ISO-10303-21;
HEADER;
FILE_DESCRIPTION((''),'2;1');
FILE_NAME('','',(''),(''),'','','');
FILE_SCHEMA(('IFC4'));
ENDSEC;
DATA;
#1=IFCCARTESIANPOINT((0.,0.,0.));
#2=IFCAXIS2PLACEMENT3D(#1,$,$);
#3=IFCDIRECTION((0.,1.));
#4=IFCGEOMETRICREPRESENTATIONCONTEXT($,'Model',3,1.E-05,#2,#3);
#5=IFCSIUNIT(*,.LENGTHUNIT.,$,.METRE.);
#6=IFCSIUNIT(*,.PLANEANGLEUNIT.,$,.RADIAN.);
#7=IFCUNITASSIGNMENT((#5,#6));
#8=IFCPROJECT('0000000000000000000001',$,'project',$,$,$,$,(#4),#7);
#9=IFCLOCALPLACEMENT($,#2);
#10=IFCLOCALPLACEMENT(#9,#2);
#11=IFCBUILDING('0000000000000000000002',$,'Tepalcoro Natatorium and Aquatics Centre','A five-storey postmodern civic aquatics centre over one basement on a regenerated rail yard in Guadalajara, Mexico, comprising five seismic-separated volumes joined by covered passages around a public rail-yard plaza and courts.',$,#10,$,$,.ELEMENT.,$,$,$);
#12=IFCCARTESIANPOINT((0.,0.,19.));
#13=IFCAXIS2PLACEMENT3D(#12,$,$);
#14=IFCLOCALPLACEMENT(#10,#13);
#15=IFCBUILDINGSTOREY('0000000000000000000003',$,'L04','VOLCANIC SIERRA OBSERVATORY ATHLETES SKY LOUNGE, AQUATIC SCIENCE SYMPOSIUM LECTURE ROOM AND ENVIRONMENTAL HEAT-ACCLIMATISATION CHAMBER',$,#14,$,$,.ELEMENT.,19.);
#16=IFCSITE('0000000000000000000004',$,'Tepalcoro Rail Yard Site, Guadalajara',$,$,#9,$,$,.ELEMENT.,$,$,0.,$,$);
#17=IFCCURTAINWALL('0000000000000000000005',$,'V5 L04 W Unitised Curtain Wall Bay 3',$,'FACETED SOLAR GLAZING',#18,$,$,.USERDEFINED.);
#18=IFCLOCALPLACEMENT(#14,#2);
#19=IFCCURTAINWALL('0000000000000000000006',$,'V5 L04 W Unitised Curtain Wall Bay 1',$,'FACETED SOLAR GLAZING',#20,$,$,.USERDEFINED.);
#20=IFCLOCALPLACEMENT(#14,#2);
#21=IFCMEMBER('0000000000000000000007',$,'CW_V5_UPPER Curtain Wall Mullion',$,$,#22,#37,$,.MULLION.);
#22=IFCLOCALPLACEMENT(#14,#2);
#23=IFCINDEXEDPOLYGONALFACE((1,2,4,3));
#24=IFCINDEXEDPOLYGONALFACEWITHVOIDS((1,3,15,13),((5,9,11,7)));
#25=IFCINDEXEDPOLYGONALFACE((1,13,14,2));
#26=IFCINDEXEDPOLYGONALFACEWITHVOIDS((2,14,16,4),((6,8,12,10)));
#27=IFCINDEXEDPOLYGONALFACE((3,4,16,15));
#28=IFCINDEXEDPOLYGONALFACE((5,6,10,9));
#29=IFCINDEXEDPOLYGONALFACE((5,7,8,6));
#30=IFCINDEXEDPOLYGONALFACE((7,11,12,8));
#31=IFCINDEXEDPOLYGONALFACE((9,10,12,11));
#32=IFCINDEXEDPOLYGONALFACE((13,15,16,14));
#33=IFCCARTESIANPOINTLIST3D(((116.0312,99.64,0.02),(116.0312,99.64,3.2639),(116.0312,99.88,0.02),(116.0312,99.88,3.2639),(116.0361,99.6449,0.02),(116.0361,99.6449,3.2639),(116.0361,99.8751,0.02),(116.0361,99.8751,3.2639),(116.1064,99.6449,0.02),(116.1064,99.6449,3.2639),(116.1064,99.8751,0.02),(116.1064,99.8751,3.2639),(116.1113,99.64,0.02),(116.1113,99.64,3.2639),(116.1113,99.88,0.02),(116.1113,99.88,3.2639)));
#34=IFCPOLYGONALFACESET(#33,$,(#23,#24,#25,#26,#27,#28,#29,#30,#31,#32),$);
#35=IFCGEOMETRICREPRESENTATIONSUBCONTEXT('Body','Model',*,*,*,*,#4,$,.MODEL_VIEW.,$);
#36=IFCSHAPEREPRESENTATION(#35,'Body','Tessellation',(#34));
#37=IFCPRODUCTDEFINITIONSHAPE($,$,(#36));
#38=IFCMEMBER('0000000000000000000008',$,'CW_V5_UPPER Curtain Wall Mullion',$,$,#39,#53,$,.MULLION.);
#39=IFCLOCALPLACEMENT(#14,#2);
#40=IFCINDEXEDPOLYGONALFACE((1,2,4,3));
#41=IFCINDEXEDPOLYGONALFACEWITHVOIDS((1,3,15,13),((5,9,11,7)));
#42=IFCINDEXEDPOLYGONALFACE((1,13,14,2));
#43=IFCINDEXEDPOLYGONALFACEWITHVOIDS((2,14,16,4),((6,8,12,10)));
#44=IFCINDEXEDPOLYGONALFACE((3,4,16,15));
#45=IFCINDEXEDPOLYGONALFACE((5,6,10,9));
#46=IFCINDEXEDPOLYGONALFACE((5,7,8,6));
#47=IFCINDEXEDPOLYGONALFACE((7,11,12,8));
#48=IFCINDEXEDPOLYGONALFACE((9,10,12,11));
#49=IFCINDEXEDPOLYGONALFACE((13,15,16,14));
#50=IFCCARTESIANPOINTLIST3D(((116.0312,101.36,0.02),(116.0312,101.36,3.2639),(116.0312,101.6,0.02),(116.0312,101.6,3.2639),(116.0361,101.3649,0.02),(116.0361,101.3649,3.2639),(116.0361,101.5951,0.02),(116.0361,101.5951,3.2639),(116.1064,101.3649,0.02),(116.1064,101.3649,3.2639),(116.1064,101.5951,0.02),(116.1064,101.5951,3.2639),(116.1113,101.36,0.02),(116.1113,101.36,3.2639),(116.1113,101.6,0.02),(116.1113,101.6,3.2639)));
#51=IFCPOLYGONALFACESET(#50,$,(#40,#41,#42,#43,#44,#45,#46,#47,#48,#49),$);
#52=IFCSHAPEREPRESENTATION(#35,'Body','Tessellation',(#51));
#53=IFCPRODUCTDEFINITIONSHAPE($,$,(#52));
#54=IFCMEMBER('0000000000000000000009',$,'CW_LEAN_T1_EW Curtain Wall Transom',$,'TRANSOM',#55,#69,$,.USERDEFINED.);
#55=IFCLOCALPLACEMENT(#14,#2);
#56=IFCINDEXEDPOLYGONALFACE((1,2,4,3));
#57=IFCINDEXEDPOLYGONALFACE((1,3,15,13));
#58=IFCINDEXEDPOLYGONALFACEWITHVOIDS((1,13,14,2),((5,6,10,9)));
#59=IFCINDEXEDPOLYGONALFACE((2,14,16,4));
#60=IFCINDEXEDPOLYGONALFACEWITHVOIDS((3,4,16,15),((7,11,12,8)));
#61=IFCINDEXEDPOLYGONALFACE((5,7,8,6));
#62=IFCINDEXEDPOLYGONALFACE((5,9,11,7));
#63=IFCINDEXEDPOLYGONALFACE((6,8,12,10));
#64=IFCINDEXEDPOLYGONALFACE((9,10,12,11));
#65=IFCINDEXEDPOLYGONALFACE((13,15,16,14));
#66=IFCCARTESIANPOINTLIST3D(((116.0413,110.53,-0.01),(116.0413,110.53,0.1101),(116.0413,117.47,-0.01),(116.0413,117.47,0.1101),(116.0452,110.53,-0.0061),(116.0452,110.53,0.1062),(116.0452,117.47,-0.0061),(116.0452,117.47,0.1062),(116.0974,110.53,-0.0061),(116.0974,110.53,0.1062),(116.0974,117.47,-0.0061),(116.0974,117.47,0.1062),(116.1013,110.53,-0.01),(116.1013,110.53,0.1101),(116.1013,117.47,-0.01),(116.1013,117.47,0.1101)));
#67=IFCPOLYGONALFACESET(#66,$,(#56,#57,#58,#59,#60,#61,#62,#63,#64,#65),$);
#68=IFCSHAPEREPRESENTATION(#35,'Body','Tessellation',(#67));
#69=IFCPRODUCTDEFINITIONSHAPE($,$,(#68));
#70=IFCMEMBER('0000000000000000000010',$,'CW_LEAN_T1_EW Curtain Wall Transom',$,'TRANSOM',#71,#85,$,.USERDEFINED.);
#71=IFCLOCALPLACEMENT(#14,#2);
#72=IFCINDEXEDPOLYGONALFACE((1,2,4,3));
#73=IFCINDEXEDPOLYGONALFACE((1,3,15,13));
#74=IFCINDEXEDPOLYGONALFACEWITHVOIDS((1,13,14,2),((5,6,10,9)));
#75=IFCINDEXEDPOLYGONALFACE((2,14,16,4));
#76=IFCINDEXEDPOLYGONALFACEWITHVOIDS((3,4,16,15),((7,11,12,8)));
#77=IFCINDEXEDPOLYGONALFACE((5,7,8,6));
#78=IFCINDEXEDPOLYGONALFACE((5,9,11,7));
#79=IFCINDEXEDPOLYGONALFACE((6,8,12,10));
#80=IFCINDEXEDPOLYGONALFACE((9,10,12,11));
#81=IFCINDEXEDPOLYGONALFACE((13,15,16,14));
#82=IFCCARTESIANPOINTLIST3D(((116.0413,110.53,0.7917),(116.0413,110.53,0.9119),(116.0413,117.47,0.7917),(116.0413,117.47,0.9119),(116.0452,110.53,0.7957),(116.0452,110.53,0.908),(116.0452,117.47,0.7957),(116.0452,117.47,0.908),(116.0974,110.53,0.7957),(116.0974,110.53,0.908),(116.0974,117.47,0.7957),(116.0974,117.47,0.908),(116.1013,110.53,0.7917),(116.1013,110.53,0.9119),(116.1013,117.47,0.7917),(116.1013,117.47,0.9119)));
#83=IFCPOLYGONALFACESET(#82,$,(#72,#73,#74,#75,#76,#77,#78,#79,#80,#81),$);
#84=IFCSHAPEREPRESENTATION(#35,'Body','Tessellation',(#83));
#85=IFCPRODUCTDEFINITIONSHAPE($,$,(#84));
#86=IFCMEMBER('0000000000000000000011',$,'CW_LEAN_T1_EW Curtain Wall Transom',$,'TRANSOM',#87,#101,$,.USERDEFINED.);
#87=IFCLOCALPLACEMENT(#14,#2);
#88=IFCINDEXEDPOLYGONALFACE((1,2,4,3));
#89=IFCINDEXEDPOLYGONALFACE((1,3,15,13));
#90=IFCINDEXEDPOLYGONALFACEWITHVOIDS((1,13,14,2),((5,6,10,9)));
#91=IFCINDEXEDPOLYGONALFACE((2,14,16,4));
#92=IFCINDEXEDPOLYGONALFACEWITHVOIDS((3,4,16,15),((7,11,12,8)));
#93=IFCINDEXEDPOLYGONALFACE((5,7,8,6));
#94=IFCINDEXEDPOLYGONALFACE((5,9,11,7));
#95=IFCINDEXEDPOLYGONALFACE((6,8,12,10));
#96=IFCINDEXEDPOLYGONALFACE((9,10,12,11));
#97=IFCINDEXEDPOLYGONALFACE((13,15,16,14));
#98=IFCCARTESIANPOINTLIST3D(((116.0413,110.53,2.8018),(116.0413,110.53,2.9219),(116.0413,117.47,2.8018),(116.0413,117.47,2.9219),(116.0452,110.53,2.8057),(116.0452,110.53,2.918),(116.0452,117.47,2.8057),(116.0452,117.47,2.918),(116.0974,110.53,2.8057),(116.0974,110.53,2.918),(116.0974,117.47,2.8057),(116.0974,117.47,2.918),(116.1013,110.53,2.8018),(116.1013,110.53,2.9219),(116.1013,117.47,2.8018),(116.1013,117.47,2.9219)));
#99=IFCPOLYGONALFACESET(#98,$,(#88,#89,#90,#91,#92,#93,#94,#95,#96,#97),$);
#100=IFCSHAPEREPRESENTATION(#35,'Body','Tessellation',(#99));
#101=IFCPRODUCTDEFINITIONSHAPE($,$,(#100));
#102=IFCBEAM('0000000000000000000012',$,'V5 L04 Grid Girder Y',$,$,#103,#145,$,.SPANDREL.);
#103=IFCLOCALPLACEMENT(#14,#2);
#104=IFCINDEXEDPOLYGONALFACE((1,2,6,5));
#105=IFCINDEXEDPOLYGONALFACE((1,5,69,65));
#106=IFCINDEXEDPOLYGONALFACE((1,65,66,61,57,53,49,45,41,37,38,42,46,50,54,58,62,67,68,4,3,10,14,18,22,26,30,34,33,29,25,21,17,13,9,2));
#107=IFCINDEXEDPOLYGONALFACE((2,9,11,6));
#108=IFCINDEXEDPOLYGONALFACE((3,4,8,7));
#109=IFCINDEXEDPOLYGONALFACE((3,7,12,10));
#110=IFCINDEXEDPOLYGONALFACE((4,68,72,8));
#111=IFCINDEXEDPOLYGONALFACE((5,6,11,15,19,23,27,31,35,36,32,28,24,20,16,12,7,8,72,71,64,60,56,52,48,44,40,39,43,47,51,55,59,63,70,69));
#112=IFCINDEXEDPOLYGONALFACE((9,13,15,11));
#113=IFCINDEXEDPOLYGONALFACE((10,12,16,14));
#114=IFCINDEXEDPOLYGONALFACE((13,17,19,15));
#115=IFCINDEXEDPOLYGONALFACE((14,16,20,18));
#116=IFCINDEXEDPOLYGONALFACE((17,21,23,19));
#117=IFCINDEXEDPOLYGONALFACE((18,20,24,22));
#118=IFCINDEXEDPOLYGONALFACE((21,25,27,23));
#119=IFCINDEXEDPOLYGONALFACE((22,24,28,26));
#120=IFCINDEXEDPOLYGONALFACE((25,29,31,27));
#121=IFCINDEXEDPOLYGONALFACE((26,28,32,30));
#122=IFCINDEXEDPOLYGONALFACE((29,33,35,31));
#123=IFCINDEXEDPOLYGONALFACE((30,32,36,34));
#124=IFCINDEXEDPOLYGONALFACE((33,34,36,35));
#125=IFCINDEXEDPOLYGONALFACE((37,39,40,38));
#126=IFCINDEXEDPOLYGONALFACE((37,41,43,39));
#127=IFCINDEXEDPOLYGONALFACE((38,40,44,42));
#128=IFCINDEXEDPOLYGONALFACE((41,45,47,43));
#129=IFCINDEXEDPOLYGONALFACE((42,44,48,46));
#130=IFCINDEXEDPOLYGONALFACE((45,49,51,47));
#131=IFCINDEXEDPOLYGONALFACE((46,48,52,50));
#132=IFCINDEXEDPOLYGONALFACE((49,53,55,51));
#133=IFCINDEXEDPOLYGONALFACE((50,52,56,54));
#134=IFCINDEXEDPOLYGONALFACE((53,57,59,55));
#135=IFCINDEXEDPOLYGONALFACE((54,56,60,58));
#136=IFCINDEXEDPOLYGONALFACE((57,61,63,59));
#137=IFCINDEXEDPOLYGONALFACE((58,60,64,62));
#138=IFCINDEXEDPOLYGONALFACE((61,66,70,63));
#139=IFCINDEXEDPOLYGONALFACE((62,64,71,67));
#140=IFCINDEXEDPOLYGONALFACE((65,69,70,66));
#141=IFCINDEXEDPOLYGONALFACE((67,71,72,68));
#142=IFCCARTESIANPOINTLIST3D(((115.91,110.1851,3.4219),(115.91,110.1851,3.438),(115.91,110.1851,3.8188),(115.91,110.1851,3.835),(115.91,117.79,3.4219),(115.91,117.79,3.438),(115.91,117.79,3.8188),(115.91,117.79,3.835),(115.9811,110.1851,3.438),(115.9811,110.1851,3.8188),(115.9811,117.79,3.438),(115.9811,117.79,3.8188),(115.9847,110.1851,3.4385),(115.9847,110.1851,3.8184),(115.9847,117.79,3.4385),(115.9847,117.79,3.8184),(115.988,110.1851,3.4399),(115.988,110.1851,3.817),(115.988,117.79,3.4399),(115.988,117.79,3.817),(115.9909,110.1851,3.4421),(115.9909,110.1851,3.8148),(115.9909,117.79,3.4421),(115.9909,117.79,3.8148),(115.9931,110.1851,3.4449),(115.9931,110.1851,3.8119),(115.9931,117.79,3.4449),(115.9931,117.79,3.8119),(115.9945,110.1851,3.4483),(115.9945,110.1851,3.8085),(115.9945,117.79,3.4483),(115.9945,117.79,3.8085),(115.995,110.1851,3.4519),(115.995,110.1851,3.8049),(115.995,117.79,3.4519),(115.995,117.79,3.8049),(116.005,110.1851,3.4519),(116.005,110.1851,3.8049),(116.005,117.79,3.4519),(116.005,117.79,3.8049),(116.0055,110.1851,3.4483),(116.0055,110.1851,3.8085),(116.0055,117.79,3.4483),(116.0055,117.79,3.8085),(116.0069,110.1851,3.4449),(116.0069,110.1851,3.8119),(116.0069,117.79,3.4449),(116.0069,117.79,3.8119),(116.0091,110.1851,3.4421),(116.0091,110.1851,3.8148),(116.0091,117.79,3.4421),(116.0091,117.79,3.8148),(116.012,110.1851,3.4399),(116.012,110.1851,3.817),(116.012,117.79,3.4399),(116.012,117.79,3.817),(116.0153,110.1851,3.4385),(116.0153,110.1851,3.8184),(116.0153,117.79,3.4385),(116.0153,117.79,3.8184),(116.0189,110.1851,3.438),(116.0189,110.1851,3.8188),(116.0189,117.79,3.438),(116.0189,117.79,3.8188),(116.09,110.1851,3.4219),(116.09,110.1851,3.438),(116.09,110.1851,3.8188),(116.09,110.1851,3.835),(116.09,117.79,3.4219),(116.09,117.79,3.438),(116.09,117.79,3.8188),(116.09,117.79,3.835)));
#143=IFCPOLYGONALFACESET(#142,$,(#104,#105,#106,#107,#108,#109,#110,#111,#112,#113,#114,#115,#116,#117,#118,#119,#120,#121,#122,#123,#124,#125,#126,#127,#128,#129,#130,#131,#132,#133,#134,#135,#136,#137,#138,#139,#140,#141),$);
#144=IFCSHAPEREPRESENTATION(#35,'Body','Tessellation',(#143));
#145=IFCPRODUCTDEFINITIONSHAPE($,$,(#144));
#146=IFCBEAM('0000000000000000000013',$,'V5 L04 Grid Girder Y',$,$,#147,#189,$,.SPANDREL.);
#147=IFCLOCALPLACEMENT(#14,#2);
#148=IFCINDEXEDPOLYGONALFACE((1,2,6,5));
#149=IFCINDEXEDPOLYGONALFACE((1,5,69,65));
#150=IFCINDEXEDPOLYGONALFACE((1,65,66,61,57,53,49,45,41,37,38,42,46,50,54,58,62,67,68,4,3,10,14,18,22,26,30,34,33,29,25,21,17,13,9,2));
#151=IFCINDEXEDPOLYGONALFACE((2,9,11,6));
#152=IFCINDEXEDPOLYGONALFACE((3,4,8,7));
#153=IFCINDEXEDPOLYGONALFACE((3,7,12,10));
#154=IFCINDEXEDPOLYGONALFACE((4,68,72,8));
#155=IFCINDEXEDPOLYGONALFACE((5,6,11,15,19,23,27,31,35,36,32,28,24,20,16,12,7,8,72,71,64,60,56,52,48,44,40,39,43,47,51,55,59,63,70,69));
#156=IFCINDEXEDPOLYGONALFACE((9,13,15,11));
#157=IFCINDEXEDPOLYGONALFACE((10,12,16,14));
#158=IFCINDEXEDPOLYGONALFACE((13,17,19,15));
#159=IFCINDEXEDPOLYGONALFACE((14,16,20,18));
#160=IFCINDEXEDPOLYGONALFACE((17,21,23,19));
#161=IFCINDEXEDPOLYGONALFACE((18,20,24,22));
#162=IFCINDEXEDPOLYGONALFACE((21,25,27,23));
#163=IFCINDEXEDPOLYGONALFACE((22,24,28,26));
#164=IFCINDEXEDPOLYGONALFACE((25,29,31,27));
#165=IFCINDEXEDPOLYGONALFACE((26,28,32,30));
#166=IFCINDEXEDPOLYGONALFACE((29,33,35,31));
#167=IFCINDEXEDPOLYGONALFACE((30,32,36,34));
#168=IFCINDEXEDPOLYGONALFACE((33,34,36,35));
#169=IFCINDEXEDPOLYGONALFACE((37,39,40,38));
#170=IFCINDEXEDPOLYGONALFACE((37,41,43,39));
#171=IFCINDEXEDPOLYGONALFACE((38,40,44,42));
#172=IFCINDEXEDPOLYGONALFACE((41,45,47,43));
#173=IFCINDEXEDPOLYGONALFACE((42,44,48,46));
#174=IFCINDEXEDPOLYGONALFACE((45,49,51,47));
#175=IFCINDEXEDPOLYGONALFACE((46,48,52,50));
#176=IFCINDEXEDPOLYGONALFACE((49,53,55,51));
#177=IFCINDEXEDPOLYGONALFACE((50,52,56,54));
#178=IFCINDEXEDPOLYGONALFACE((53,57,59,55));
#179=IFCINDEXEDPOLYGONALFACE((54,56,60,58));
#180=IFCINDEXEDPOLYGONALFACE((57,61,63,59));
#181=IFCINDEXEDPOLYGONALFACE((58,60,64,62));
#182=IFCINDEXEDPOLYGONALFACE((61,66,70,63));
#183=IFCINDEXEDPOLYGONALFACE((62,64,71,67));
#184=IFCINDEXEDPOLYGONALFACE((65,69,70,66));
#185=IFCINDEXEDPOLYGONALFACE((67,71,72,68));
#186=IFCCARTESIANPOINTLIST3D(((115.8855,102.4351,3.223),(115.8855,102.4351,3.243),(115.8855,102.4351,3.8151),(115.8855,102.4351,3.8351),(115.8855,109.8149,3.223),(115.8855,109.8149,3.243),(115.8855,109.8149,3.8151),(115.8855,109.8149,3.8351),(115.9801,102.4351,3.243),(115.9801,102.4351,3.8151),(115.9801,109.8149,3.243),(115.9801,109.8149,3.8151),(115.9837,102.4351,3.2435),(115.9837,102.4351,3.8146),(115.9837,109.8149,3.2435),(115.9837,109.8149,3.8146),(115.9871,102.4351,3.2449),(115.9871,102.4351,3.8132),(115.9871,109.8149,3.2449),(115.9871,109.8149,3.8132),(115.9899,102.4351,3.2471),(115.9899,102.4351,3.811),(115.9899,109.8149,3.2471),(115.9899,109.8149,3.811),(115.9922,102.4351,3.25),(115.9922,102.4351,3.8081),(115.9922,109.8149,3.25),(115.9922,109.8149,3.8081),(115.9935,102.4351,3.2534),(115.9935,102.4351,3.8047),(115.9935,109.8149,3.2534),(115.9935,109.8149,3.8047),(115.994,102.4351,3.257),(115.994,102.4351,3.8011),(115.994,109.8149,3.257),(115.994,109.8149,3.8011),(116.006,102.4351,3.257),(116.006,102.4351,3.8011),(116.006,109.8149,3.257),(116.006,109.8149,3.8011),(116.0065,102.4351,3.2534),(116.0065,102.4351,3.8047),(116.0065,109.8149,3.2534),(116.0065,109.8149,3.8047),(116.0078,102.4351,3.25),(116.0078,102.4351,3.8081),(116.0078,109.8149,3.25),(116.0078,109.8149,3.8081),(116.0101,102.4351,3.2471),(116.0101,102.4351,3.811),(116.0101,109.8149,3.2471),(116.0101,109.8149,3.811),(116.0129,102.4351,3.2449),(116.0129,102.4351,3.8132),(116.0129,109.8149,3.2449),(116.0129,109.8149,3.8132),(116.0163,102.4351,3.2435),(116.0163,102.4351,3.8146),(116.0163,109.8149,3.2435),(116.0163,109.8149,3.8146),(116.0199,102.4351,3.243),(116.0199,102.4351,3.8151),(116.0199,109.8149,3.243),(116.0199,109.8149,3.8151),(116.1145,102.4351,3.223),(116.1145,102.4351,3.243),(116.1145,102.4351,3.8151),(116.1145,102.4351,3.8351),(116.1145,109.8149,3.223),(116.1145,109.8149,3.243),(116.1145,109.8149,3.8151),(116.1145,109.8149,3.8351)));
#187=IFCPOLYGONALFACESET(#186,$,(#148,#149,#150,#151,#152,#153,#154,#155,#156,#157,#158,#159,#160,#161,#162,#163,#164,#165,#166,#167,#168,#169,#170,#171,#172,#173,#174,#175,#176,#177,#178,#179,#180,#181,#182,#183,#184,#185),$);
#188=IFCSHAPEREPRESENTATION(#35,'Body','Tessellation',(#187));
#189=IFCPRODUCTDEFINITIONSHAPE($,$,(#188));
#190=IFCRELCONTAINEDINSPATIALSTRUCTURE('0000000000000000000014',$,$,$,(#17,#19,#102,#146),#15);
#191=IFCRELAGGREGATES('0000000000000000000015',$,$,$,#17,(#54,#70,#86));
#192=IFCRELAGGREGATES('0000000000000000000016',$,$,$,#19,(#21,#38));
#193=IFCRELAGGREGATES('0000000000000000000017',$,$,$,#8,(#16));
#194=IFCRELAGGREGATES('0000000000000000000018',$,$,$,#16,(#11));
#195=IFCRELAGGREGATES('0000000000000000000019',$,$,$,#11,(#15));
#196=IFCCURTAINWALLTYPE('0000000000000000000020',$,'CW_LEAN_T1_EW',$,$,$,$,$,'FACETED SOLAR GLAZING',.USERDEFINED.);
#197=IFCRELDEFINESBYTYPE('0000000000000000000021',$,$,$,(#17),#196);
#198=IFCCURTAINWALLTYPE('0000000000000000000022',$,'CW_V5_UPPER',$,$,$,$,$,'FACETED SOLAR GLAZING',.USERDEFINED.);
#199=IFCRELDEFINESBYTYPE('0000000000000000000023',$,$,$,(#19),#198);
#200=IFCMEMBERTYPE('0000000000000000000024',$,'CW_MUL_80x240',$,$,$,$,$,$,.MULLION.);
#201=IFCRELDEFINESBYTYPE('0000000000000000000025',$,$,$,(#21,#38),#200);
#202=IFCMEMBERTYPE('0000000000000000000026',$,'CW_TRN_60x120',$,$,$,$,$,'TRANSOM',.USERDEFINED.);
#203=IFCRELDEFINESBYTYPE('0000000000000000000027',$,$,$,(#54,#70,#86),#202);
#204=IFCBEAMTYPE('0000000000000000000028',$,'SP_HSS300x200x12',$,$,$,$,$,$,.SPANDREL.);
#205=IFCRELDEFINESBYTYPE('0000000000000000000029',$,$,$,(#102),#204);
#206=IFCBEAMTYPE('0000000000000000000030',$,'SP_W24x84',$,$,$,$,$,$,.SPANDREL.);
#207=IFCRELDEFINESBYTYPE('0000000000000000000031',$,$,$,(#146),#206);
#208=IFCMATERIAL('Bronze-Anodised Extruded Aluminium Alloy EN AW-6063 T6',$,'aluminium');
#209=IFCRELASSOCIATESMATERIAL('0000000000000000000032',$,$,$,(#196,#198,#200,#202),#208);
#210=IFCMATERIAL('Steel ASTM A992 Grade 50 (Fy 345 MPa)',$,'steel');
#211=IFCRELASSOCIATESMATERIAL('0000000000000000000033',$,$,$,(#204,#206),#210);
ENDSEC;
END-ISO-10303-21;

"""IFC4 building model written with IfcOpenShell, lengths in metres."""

from ifc_helpers import new_model, si_unit, direction, frame, origin, origin_2d, place, context, subcontext, project, spatial, hollow_rectangle, i_section, extrude, material, material_profile, profile_set, type_object, element, aggregate, save


model = new_model("IFC4")

# Units and contexts
model_context = context("Model", 3, precision=1e-05, world=origin(), true_north=direction((0.0, 1.0)))
body_context = subcontext(model_context, "Body", "Model", "MODEL_VIEW")
ifc_project = project(units=[si_unit("LENGTHUNIT", "METRE"), si_unit("PLANEANGLEUNIT", "RADIAN")], contexts=[model_context])

# Site, building, storey
site_placement = place(None, origin())
site = spatial("IfcSite", under=ifc_project, at=site_placement, Name="Tepalcoro Rail Yard Site, Guadalajara", CompositionType="ELEMENT", RefElevation=0.0)
building_placement = place(site_placement, origin())
building = spatial("IfcBuilding", under=site, at=building_placement, Name="Tepalcoro Natatorium and Aquatics Centre", Description="A five-storey postmodern civic aquatics centre over one basement on a regenerated rail yard in Guadalajara, Mexico, comprising five seismic-separated volumes joined by covered passages around a public rail-yard plaza and courts.", CompositionType="ELEMENT")
storey_placement = place(building_placement, frame((0.0, 0.0, 19.0)))
storey = spatial("IfcBuildingStorey", under=building, at=storey_placement, Name="L04", Description="VOLCANIC SIERRA OBSERVATORY ATHLETES SKY LOUNGE, AQUATIC SCIENCE SYMPOSIUM LECTURE ROOM AND ENVIRONMENTAL HEAT-ACCLIMATISATION CHAMBER", CompositionType="ELEMENT", Elevation=19.0)

# Curtain walls, members
ifc_material_1 = material(Name="Bronze-Anodised Extruded Aluminium Alloy EN AW-6063 T6", Category="aluminium")
curtain_wall_type_1 = type_object("IfcCurtainWallType", Name="CW_LEAN_T1_EW", ElementType="FACETED SOLAR GLAZING", PredefinedType="USERDEFINED", material=ifc_material_1)
curtain_wall_1_placement = place(storey_placement, origin())
curtain_wall_1 = element("IfcCurtainWall", 1, at=curtain_wall_1_placement, inside=storey, type_object=curtain_wall_type_1, Name="V5 L04 W Unitised Curtain Wall Bay 3", ObjectType="FACETED SOLAR GLAZING", PredefinedType="USERDEFINED")
curtain_wall_type_2 = type_object("IfcCurtainWallType", Name="CW_V5_UPPER", ElementType="FACETED SOLAR GLAZING", PredefinedType="USERDEFINED", material=ifc_material_1)
curtain_wall_2_placement = place(storey_placement, origin())
curtain_wall_2 = element("IfcCurtainWall", 2, at=curtain_wall_2_placement, inside=storey, type_object=curtain_wall_type_2, Name="V5 L04 W Unitised Curtain Wall Bay 1", ObjectType="FACETED SOLAR GLAZING", PredefinedType="USERDEFINED")
ifc_material_profile_1 = material_profile(ifc_material_1, hollow_rectangle(XDim=0.0801, YDim=0.24, WallThickness=0.0049, at=origin_2d()), Name="AL80X240X5")
ifc_profile_set_1 = profile_set([ifc_material_profile_1], Name="Bronze-Anodised Extruded Aluminium Alloy EN AW-6063 T6")
member_type_1 = type_object("IfcMemberType", Name="CW_MUL_80x240", PredefinedType="MULLION", material=ifc_profile_set_1)
member_1_placement = place(storey_placement, frame((116.0713, 99.76, 0.02), z_axis=(0.0, 0.0, 1.0), x_axis=(1.0, 0.0, 0.0)))
member_1 = element("IfcMember", 3, at=member_1_placement, type_object=member_type_1, Name="CW_V5_UPPER Curtain Wall Mullion", PredefinedType="MULLION", context=body_context, shape_type="SweptSolid", body=[
    extrude(hollow_rectangle(XDim=0.0801, YDim=0.24, WallThickness=0.0049, at=origin_2d()), origin(), (0.0, 0.0, 1.0), 3.2439),
])
member_2_placement = place(storey_placement, frame((116.0713, 101.48, 0.02), z_axis=(0.0, 0.0, 1.0), x_axis=(1.0, 0.0, 0.0)))
member_2 = element("IfcMember", 4, at=member_2_placement, type_object=member_type_1, Name="CW_V5_UPPER Curtain Wall Mullion", PredefinedType="MULLION", context=body_context, shape_type="SweptSolid", body=[
    extrude(hollow_rectangle(XDim=0.0801, YDim=0.24, WallThickness=0.0049, at=origin_2d()), origin(), (0.0, 0.0, 1.0), 3.2439),
])

# Members
ifc_material_profile_2 = material_profile(ifc_material_1, hollow_rectangle(XDim=0.0601, YDim=0.1201, WallThickness=0.0039, at=origin_2d()), Name="AL60X120X4")
ifc_profile_set_2 = profile_set([ifc_material_profile_2], Name="Bronze-Anodised Extruded Aluminium Alloy EN AW-6063 T6")
member_type_2 = type_object("IfcMemberType", Name="CW_TRN_60x120", ElementType="TRANSOM", PredefinedType="USERDEFINED", material=ifc_profile_set_2)
member_3_placement = place(storey_placement, frame((116.0713, 110.53, 0.05), z_axis=(0.0, 1.0, 0.0), x_axis=(-1.0, 0.0, 0.0)))
member_3 = element("IfcMember", 5, at=member_3_placement, type_object=member_type_2, Name="CW_LEAN_T1_EW Curtain Wall Transom", ObjectType="TRANSOM", PredefinedType="USERDEFINED", context=body_context, shape_type="SweptSolid", body=[
    extrude(hollow_rectangle(XDim=0.0601, YDim=0.1201, WallThickness=0.0039, at=origin_2d()), origin(), (0.0, 0.0, 1.0), 6.9399),
])
member_4_placement = place(storey_placement, frame((116.0713, 110.53, 0.8518), z_axis=(0.0, 1.0, 0.0), x_axis=(-1.0, 0.0, 0.0)))
member_4 = element("IfcMember", 6, at=member_4_placement, type_object=member_type_2, Name="CW_LEAN_T1_EW Curtain Wall Transom", ObjectType="TRANSOM", PredefinedType="USERDEFINED", context=body_context, shape_type="SweptSolid", body=[
    extrude(hollow_rectangle(XDim=0.0601, YDim=0.1201, WallThickness=0.0039, at=origin_2d()), origin(), (0.0, 0.0, 1.0), 6.9399),
])
member_5_placement = place(storey_placement, frame((116.0713, 110.53, 2.8618), z_axis=(0.0, 1.0, 0.0), x_axis=(-1.0, 0.0, 0.0)))
member_5 = element("IfcMember", 7, at=member_5_placement, type_object=member_type_2, Name="CW_LEAN_T1_EW Curtain Wall Transom", ObjectType="TRANSOM", PredefinedType="USERDEFINED", context=body_context, shape_type="SweptSolid", body=[
    extrude(hollow_rectangle(XDim=0.0601, YDim=0.1201, WallThickness=0.0039, at=origin_2d()), origin(), (0.0, 0.0, 1.0), 6.9399),
])
aggregate(curtain_wall_1, [member_3, member_4, member_5])

# Beams
ifc_material_2 = material(Name="Steel ASTM A992 Grade 50 (Fy 345 MPa)", Category="steel")
ifc_material_profile_3 = material_profile(ifc_material_2, i_section(OverallWidth=0.1799, OverallDepth=0.4131, WebThickness=0.01, FlangeThickness=0.0161, FilletRadius=0.0139, at=origin_2d()), Name="W16X50")
ifc_profile_set_3 = profile_set([ifc_material_profile_3], Name="Steel ASTM A992 Grade 50 (Fy 345 MPa)")
beam_type_1 = type_object("IfcBeamType", Name="SP_HSS300x200x12", PredefinedType="SPANDREL", material=ifc_profile_set_3)
beam_1_placement = place(storey_placement, frame((116.0, 110.1851, 3.6284), z_axis=(0.0, 1.0, 0.0), x_axis=(-1.0, 0.0, 0.0)))
element("IfcBeam", 8, at=beam_1_placement, inside=storey, type_object=beam_type_1, Name="V5 L04 Grid Girder Y", PredefinedType="SPANDREL", context=body_context, shape_type="SweptSolid", body=[
    extrude(i_section(OverallWidth=0.1799, OverallDepth=0.4131, WebThickness=0.01, FlangeThickness=0.0161, FilletRadius=0.0139, at=origin_2d()), origin(), (0.0, 0.0, 1.0), 7.605),
])
ifc_material_profile_4 = material_profile(ifc_material_2, i_section(OverallWidth=0.229, OverallDepth=0.6121, WebThickness=0.012, FlangeThickness=0.02, FilletRadius=0.0139, at=origin_2d()), Name="W24X84")
ifc_profile_set_4 = profile_set([ifc_material_profile_4], Name="Steel ASTM A992 Grade 50 (Fy 345 MPa)")
beam_type_2 = type_object("IfcBeamType", Name="SP_W24x84", PredefinedType="SPANDREL", material=ifc_profile_set_4)
beam_2_placement = place(storey_placement, frame((116.0, 102.4351, 3.5291), z_axis=(0.0, 1.0, 0.0), x_axis=(-1.0, 0.0, 0.0)))
element("IfcBeam", 9, at=beam_2_placement, inside=storey, type_object=beam_type_2, Name="V5 L04 Grid Girder Y", PredefinedType="SPANDREL", context=body_context, shape_type="SweptSolid", body=[
    extrude(i_section(OverallWidth=0.229, OverallDepth=0.6121, WebThickness=0.012, FlangeThickness=0.02, FilletRadius=0.0139, at=origin_2d()), origin(), (0.0, 0.0, 1.0), 7.3799),
])

aggregate(curtain_wall_2, [member_1, member_2])

save(model, "model.ifc")
